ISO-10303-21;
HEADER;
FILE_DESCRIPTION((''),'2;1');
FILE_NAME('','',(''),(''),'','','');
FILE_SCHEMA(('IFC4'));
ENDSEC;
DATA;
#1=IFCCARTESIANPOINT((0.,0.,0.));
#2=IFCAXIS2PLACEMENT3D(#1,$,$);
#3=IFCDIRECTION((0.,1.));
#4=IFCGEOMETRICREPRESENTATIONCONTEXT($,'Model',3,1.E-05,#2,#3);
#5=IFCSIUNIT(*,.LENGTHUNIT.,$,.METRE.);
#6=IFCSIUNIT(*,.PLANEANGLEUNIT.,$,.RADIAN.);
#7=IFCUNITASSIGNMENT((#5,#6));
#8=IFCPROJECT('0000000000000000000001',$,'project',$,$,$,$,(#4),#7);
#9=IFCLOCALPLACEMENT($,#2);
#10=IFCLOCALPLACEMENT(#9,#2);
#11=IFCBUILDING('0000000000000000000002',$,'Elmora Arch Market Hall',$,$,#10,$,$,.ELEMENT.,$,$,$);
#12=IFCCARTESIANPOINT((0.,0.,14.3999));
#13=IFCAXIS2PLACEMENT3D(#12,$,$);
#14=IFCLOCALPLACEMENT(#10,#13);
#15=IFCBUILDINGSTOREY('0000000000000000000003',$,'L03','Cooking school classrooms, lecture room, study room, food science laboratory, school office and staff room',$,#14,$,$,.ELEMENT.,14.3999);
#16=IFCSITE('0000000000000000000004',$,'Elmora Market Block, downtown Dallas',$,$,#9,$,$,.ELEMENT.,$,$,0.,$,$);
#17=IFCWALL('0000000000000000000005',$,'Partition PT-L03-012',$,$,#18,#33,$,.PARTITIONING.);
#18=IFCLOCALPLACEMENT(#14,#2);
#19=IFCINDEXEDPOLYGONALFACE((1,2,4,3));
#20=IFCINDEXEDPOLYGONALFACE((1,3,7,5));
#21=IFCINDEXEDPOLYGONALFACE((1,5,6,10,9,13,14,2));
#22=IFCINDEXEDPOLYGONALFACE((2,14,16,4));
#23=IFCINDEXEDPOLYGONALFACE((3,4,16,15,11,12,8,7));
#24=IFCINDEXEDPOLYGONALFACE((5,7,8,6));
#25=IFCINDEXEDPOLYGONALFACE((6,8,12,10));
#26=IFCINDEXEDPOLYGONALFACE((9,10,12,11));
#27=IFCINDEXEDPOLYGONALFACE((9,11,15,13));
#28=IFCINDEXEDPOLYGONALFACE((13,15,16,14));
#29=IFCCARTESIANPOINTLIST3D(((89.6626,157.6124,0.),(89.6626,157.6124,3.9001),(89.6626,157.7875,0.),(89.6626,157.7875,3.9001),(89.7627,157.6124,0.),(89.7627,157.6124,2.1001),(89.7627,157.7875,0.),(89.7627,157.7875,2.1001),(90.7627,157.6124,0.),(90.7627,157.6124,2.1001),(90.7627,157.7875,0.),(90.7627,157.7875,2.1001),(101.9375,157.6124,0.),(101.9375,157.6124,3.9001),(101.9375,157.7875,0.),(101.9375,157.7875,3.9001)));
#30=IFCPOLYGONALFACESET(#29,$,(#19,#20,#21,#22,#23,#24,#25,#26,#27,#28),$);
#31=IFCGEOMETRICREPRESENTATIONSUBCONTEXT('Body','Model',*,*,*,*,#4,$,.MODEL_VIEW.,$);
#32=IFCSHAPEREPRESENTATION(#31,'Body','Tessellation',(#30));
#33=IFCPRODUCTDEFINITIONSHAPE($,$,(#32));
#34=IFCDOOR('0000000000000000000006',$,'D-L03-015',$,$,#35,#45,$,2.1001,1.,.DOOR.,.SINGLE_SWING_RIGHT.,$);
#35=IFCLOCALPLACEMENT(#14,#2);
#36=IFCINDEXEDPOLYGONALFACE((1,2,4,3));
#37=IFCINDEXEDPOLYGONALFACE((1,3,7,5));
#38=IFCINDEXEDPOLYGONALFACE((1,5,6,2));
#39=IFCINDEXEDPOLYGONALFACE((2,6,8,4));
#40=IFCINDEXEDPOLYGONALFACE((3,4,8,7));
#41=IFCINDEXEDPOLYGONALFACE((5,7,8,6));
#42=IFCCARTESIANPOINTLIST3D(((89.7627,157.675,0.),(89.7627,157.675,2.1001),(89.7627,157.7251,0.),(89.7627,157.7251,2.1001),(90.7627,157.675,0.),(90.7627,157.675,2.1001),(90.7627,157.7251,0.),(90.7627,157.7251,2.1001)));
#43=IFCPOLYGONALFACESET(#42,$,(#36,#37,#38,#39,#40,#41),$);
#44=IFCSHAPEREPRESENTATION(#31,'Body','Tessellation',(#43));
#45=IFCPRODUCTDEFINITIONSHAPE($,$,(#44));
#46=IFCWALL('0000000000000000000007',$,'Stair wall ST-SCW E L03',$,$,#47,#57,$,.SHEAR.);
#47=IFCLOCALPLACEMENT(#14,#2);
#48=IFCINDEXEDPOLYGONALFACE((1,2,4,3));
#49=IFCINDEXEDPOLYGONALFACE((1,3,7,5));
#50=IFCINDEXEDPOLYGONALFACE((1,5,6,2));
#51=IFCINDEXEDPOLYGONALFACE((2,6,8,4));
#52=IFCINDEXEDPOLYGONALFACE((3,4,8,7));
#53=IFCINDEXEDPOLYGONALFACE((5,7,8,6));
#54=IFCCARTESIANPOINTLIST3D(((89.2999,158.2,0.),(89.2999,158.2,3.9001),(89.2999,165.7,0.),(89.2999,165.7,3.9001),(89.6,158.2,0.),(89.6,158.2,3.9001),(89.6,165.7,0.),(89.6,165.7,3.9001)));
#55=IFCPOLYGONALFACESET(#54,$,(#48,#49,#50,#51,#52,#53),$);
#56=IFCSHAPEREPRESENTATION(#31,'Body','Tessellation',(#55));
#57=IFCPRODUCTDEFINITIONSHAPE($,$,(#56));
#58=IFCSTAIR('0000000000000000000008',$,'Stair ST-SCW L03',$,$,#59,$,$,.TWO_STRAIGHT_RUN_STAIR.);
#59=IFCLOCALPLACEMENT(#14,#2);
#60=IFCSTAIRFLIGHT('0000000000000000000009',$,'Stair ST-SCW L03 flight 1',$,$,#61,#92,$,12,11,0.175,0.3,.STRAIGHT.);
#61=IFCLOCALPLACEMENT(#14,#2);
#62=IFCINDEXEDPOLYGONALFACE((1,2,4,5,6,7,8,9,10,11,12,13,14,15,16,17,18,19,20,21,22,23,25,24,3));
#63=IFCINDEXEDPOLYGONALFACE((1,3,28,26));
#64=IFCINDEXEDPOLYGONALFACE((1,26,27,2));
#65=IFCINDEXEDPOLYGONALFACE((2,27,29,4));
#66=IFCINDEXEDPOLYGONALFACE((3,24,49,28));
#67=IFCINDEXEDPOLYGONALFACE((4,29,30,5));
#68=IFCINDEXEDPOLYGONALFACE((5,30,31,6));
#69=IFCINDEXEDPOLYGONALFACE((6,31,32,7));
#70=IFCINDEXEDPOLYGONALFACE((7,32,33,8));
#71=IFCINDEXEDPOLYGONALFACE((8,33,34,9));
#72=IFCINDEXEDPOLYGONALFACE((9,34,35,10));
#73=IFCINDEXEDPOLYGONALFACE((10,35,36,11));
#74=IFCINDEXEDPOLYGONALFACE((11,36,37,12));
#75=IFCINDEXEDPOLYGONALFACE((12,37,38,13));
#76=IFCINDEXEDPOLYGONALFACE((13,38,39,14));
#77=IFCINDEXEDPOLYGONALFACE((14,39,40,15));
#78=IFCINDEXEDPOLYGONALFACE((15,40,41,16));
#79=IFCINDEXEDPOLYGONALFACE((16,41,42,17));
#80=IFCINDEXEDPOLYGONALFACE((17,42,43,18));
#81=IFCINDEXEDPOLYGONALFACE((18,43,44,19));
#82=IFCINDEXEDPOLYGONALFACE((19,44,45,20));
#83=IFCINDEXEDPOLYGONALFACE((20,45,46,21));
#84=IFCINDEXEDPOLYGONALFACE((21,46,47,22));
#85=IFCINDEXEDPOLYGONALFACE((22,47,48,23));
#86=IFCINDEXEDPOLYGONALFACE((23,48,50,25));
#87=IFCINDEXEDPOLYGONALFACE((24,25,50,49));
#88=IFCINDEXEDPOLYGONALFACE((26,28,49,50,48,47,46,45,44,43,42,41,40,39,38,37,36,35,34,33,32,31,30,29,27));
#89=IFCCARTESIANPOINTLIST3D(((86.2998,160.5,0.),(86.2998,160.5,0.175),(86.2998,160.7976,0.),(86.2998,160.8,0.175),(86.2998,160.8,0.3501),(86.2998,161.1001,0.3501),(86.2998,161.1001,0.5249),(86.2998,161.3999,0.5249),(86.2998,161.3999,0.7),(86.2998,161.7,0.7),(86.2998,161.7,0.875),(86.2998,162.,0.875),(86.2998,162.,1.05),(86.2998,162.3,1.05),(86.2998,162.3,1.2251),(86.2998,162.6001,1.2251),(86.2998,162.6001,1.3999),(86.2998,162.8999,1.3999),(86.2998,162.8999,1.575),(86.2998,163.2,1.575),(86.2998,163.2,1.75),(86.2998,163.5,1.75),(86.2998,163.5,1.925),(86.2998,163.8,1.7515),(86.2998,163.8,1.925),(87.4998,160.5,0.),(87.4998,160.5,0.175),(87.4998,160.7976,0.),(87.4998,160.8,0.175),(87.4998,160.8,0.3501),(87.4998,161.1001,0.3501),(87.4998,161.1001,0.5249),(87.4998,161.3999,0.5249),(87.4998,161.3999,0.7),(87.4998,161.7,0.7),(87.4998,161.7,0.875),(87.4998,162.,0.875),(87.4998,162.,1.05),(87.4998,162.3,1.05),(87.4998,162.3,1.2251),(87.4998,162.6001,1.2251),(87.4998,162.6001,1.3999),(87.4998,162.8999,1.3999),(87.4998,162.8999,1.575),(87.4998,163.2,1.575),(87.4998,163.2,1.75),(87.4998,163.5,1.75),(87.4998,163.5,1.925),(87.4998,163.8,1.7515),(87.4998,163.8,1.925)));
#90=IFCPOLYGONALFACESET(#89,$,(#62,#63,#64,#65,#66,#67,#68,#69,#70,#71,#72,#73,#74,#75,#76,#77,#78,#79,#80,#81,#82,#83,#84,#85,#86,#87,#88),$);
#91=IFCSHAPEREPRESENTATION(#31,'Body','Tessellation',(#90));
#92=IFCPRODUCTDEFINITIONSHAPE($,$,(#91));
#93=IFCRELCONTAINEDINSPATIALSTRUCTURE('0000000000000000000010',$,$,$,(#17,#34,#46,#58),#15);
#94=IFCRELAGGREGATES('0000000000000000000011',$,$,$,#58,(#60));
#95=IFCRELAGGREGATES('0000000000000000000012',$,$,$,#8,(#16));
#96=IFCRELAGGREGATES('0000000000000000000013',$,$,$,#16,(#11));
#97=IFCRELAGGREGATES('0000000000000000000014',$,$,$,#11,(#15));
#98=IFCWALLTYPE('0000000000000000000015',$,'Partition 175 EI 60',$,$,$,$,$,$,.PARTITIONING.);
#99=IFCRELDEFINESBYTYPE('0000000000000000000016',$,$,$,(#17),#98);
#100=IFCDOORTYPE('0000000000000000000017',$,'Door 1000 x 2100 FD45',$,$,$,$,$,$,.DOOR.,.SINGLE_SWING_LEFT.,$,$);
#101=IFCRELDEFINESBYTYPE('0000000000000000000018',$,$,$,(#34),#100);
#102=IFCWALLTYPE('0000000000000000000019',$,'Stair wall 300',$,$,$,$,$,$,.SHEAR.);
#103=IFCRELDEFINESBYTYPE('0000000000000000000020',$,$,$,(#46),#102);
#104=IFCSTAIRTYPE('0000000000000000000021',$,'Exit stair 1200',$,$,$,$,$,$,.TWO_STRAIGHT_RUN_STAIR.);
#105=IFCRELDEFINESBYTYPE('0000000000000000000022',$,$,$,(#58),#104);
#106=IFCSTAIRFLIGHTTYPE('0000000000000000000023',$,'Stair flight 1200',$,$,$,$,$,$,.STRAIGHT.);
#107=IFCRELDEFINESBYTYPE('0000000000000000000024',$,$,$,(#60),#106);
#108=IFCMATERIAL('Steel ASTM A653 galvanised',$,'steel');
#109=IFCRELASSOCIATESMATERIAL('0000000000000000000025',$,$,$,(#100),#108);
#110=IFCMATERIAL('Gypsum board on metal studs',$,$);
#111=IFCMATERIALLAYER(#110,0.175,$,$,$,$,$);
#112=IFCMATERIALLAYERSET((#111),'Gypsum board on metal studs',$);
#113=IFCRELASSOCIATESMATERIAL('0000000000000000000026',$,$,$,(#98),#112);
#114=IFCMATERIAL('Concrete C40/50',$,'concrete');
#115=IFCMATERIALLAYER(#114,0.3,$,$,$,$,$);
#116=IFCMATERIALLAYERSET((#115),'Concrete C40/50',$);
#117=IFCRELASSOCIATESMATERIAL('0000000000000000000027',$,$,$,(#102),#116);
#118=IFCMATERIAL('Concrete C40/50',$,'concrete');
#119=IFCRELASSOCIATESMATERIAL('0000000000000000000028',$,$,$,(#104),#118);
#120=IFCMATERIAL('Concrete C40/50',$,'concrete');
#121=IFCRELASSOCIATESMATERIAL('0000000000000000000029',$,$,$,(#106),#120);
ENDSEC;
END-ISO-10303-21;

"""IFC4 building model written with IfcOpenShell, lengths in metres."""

from ifc_helpers import new_model, si_unit, direction, frame, frame_2d, origin, place, context, subcontext, project, spatial, polyline, rectangle, outline, extrude, material, layer, layer_set, type_object, element, fill, aggregate, save


model = new_model("IFC4")

# Units and contexts
model_context = context("Model", 3, precision=1e-05, world=origin(), true_north=direction((0.0, 1.0)))
body_context = subcontext(model_context, "Body", "Model", "MODEL_VIEW")
ifc_project = project(units=[si_unit("LENGTHUNIT", "METRE"), si_unit("PLANEANGLEUNIT", "RADIAN")], contexts=[model_context])

# Site, building, storey
site_placement = place(None, origin())
site = spatial("IfcSite", under=ifc_project, at=site_placement, Name="Elmora Market Block, downtown Dallas", CompositionType="ELEMENT", RefElevation=0.0)
building_placement = place(site_placement, origin())
building = spatial("IfcBuilding", under=site, at=building_placement, Name="Elmora Arch Market Hall", CompositionType="ELEMENT")
storey_placement = place(building_placement, frame((0.0, 0.0, 14.3999)))
storey = spatial("IfcBuildingStorey", under=building, at=storey_placement, Name="L03", Description="Cooking school classrooms, lecture room, study room, food science laboratory, school office and staff room", CompositionType="ELEMENT", Elevation=14.3999)

# Shared definitions
ifc_material_1 = material(Name="Steel ASTM A653 galvanised", Category="steel")
door_type = type_object("IfcDoorType", Name="Door 1000 x 2100 FD45", OperationType="SINGLE_SWING_LEFT", PredefinedType="DOOR", material=ifc_material_1)

# Wall, opening, door
ifc_material_2 = material(Name="Gypsum board on metal studs")
ifc_layer_1 = layer(ifc_material_2, 0.175)
ifc_layer_set_1 = layer_set([ifc_layer_1], Name="Gypsum board on metal studs")
wall_type_1 = type_object("IfcWallType", Name="Partition 175 EI 60", PredefinedType="PARTITIONING", material=ifc_layer_set_1)
wall_1_placement = place(storey_placement, frame((89.6626, 157.7, 0.0), z_axis=(0.0, 0.0, 1.0), x_axis=(1.0, 0.0, 0.0)))
wall_1 = element("IfcWall", 1, at=wall_1_placement, inside=storey, type_object=wall_type_1, Name="Partition PT-L03-012", PredefinedType="PARTITIONING", context=body_context, shape_type="SweptSolid", body=[
    extrude(rectangle(XDim=12.2749, YDim=0.175, at=frame_2d((6.1375, 0.0))), origin(), (0.0, 0.0, 1.0), 3.9001),
])
opening_1_placement = place(wall_1_placement, frame((0.1001, 0.0, 0.0)))
opening_1 = element("IfcOpeningElement", 2, at=opening_1_placement, cuts=wall_1, PredefinedType="OPENING", context=body_context, shape_type="SweptSolid", body=[
    extrude(rectangle(XDim=1.0, YDim=2.1001, at=frame_2d((0.5, 1.05))), frame((0.0, 0.0974, 0.0), z_axis=(0.0, -1.0, 0.0), x_axis=(1.0, 0.0, 0.0)), (0.0, 0.0, 1.0), 0.1951),
])
door_1_placement = place(opening_1_placement, frame((1.0, 0.0, 0.0), z_axis=(0.0, 0.0, 1.0), x_axis=(-1.0, 0.0, 0.0)))
door_1 = element("IfcDoor", 3, at=door_1_placement, inside=storey, type_object=door_type, Name="D-L03-015", OperationType="SINGLE_SWING_RIGHT", OverallHeight=2.1001, OverallWidth=1.0, PredefinedType="DOOR", context=body_context, shape_type="SweptSolid", body=[
    extrude(rectangle(XDim=1.0, YDim=2.1001, at=frame_2d((0.5, 1.05))), frame((0.0, 0.0249, 0.0), z_axis=(0.0, -1.0, 0.0), x_axis=(1.0, 0.0, 0.0)), (0.0, 0.0, 1.0), 0.05),
])
fill(opening_1, door_1)

# Wall
ifc_material_3 = material(Name="Concrete C40/50", Category="concrete")
ifc_layer_2 = layer(ifc_material_3, 0.3)
ifc_layer_set_2 = layer_set([ifc_layer_2], Name="Concrete C40/50")
wall_type_2 = type_object("IfcWallType", Name="Stair wall 300", PredefinedType="SHEAR", material=ifc_layer_set_2)
wall_2_placement = place(storey_placement, frame((89.45, 158.2, 0.0), z_axis=(0.0, 0.0, 1.0), x_axis=(0.0, 1.0, 0.0)))
element("IfcWall", 4, at=wall_2_placement, inside=storey, type_object=wall_type_2, Name="Stair wall ST-SCW E L03", PredefinedType="SHEAR", context=body_context, shape_type="SweptSolid", body=[
    extrude(rectangle(XDim=7.5, YDim=0.3, at=frame_2d((3.75, 0.0))), origin(), (0.0, 0.0, 1.0), 3.9001),
])

# Stair, stair flight
ifc_material_4 = material(Name="Concrete C40/50", Category="concrete")
stair_type = type_object("IfcStairType", Name="Exit stair 1200", PredefinedType="TWO_STRAIGHT_RUN_STAIR", material=ifc_material_4)
stair_placement = place(storey_placement, origin())
stair = element("IfcStair", 5, at=stair_placement, inside=storey, type_object=stair_type, Name="Stair ST-SCW L03", PredefinedType="TWO_STRAIGHT_RUN_STAIR")
ifc_material_5 = material(Name="Concrete C40/50", Category="concrete")
stair_flight_type = type_object("IfcStairFlightType", Name="Stair flight 1200", PredefinedType="STRAIGHT", material=ifc_material_5)
stair_flight_placement = place(storey_placement, frame((86.8999, 160.5, 0.0), z_axis=(0.0, 0.0, 1.0), x_axis=(0.0, 1.0, 0.0)))
stair_flight = element("IfcStairFlight", 6, at=stair_flight_placement, type_object=stair_flight_type, Name="Stair ST-SCW L03 flight 1", NumberOfRisers=12, NumberOfTreads=11, PredefinedType="STRAIGHT", RiserHeight=0.175, TreadLength=0.3, context=body_context, shape_type="SweptSolid", body=[
    extrude(outline(polyline([(0.0, 0.0), (0.0, 0.175), (0.3, 0.175), (0.3, 0.3501), (0.6001, 0.3501), (0.6001, 0.5249), (0.8999, 0.5249), (0.8999, 0.7), (1.2, 0.7), (1.2, 0.875), (1.5, 0.875), (1.5, 1.05), (1.8, 1.05), (1.8, 1.2251), (2.1001, 1.2251), (2.1001, 1.3999), (2.3999, 1.3999), (2.3999, 1.575), (2.7, 1.575), (2.7, 1.75), (3.0, 1.75), (3.0, 1.925), (3.3, 1.925), (3.3, 2.1001), (3.3, 1.7515), (0.2976, 0.0), (0.0, 0.0)])), frame((0.0, 0.6001, 0.0), z_axis=(0.0, -1.0, 0.0), x_axis=(1.0, 0.0, 0.0)), (0.0, 0.0, 1.0), 1.2),
])
aggregate(stair, [stair_flight])

save(model, "model.ifc")
